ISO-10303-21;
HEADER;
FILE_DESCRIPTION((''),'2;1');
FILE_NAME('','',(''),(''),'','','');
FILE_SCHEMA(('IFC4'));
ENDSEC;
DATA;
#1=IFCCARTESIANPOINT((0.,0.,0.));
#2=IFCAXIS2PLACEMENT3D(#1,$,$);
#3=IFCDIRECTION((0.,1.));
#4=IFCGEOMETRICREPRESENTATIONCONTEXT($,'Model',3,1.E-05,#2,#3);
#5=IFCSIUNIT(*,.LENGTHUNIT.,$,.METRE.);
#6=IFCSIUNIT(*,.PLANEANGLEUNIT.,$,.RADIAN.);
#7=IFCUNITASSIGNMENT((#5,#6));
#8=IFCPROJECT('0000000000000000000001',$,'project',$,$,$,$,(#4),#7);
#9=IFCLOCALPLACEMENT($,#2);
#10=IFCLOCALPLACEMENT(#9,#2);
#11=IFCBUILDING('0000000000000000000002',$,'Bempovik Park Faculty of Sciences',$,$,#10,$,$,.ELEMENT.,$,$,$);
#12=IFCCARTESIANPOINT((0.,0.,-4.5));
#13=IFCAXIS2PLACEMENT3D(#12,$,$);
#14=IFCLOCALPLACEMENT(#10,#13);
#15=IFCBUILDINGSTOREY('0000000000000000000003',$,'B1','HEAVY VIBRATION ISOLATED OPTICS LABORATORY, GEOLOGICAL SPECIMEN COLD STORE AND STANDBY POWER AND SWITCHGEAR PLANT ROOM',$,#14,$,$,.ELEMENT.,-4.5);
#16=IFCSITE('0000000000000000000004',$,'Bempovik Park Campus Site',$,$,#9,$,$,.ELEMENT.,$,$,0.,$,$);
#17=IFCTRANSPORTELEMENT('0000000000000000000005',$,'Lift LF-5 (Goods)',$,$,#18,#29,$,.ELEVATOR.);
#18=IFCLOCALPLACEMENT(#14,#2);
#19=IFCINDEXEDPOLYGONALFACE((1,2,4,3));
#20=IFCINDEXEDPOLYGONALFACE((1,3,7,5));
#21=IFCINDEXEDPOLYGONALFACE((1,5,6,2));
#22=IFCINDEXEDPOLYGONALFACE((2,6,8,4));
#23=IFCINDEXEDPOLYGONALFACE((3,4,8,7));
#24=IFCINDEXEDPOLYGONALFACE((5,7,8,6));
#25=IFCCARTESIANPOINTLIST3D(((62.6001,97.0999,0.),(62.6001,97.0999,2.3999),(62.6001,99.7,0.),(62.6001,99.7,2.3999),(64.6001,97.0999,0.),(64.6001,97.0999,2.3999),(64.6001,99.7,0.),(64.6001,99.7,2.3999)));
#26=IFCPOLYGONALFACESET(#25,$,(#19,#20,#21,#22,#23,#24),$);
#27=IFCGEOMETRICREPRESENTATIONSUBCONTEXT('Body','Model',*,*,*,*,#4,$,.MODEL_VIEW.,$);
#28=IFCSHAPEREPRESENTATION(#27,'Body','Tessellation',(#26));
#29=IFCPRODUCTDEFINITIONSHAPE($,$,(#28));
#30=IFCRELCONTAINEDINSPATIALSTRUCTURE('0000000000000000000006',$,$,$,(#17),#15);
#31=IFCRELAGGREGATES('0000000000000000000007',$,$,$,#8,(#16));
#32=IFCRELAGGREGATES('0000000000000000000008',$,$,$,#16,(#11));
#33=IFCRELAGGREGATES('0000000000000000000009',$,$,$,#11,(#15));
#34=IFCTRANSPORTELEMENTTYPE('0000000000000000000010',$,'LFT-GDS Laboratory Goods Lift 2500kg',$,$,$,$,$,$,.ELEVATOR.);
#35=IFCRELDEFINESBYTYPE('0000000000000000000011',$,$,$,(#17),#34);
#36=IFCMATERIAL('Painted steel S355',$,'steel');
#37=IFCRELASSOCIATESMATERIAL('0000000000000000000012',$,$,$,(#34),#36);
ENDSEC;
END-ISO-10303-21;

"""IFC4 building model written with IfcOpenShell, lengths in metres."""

from ifc_helpers import new_model, si_unit, direction, frame, origin, origin_2d, place, context, subcontext, project, spatial, rectangle, extrude, material, type_object, element, save


model = new_model("IFC4")

# Units and contexts
model_context = context("Model", 3, precision=1e-05, world=origin(), true_north=direction((0.0, 1.0)))
body_context = subcontext(model_context, "Body", "Model", "MODEL_VIEW")
ifc_project = project(units=[si_unit("LENGTHUNIT", "METRE"), si_unit("PLANEANGLEUNIT", "RADIAN")], contexts=[model_context])

# Site, building, storey
site_placement = place(None, origin())
site = spatial("IfcSite", under=ifc_project, at=site_placement, Name="Bempovik Park Campus Site", CompositionType="ELEMENT", RefElevation=0.0)
building_placement = place(site_placement, origin())
building = spatial("IfcBuilding", under=site, at=building_placement, Name="Bempovik Park Faculty of Sciences", CompositionType="ELEMENT")
storey_placement = place(building_placement, frame((0.0, 0.0, -4.5)))
storey = spatial("IfcBuildingStorey", under=building, at=storey_placement, Name="B1", Description="HEAVY VIBRATION ISOLATED OPTICS LABORATORY, GEOLOGICAL SPECIMEN COLD STORE AND STANDBY POWER AND SWITCHGEAR PLANT ROOM", CompositionType="ELEMENT", Elevation=-4.5)

# Transport element
ifc_material_1 = material(Name="Painted steel S355", Category="steel")
transport_element_type = type_object("IfcTransportElementType", Name="LFT-GDS Laboratory Goods Lift 2500kg", PredefinedType="ELEVATOR", material=ifc_material_1)
transport_element_placement = place(storey_placement, frame((63.6001, 98.3999, 0.0), z_axis=(0.0, 0.0, 1.0), x_axis=(1.0, 0.0, 0.0)))
element("IfcTransportElement", 1, at=transport_element_placement, inside=storey, type_object=transport_element_type, Name="Lift LF-5 (Goods)", PredefinedType="ELEVATOR", context=body_context, shape_type="SweptSolid", body=[
    extrude(rectangle(XDim=2.0, YDim=2.6001, at=origin_2d()), origin(), (0.0, 0.0, 1.0), 2.3999),
])

save(model, "model.ifc")
